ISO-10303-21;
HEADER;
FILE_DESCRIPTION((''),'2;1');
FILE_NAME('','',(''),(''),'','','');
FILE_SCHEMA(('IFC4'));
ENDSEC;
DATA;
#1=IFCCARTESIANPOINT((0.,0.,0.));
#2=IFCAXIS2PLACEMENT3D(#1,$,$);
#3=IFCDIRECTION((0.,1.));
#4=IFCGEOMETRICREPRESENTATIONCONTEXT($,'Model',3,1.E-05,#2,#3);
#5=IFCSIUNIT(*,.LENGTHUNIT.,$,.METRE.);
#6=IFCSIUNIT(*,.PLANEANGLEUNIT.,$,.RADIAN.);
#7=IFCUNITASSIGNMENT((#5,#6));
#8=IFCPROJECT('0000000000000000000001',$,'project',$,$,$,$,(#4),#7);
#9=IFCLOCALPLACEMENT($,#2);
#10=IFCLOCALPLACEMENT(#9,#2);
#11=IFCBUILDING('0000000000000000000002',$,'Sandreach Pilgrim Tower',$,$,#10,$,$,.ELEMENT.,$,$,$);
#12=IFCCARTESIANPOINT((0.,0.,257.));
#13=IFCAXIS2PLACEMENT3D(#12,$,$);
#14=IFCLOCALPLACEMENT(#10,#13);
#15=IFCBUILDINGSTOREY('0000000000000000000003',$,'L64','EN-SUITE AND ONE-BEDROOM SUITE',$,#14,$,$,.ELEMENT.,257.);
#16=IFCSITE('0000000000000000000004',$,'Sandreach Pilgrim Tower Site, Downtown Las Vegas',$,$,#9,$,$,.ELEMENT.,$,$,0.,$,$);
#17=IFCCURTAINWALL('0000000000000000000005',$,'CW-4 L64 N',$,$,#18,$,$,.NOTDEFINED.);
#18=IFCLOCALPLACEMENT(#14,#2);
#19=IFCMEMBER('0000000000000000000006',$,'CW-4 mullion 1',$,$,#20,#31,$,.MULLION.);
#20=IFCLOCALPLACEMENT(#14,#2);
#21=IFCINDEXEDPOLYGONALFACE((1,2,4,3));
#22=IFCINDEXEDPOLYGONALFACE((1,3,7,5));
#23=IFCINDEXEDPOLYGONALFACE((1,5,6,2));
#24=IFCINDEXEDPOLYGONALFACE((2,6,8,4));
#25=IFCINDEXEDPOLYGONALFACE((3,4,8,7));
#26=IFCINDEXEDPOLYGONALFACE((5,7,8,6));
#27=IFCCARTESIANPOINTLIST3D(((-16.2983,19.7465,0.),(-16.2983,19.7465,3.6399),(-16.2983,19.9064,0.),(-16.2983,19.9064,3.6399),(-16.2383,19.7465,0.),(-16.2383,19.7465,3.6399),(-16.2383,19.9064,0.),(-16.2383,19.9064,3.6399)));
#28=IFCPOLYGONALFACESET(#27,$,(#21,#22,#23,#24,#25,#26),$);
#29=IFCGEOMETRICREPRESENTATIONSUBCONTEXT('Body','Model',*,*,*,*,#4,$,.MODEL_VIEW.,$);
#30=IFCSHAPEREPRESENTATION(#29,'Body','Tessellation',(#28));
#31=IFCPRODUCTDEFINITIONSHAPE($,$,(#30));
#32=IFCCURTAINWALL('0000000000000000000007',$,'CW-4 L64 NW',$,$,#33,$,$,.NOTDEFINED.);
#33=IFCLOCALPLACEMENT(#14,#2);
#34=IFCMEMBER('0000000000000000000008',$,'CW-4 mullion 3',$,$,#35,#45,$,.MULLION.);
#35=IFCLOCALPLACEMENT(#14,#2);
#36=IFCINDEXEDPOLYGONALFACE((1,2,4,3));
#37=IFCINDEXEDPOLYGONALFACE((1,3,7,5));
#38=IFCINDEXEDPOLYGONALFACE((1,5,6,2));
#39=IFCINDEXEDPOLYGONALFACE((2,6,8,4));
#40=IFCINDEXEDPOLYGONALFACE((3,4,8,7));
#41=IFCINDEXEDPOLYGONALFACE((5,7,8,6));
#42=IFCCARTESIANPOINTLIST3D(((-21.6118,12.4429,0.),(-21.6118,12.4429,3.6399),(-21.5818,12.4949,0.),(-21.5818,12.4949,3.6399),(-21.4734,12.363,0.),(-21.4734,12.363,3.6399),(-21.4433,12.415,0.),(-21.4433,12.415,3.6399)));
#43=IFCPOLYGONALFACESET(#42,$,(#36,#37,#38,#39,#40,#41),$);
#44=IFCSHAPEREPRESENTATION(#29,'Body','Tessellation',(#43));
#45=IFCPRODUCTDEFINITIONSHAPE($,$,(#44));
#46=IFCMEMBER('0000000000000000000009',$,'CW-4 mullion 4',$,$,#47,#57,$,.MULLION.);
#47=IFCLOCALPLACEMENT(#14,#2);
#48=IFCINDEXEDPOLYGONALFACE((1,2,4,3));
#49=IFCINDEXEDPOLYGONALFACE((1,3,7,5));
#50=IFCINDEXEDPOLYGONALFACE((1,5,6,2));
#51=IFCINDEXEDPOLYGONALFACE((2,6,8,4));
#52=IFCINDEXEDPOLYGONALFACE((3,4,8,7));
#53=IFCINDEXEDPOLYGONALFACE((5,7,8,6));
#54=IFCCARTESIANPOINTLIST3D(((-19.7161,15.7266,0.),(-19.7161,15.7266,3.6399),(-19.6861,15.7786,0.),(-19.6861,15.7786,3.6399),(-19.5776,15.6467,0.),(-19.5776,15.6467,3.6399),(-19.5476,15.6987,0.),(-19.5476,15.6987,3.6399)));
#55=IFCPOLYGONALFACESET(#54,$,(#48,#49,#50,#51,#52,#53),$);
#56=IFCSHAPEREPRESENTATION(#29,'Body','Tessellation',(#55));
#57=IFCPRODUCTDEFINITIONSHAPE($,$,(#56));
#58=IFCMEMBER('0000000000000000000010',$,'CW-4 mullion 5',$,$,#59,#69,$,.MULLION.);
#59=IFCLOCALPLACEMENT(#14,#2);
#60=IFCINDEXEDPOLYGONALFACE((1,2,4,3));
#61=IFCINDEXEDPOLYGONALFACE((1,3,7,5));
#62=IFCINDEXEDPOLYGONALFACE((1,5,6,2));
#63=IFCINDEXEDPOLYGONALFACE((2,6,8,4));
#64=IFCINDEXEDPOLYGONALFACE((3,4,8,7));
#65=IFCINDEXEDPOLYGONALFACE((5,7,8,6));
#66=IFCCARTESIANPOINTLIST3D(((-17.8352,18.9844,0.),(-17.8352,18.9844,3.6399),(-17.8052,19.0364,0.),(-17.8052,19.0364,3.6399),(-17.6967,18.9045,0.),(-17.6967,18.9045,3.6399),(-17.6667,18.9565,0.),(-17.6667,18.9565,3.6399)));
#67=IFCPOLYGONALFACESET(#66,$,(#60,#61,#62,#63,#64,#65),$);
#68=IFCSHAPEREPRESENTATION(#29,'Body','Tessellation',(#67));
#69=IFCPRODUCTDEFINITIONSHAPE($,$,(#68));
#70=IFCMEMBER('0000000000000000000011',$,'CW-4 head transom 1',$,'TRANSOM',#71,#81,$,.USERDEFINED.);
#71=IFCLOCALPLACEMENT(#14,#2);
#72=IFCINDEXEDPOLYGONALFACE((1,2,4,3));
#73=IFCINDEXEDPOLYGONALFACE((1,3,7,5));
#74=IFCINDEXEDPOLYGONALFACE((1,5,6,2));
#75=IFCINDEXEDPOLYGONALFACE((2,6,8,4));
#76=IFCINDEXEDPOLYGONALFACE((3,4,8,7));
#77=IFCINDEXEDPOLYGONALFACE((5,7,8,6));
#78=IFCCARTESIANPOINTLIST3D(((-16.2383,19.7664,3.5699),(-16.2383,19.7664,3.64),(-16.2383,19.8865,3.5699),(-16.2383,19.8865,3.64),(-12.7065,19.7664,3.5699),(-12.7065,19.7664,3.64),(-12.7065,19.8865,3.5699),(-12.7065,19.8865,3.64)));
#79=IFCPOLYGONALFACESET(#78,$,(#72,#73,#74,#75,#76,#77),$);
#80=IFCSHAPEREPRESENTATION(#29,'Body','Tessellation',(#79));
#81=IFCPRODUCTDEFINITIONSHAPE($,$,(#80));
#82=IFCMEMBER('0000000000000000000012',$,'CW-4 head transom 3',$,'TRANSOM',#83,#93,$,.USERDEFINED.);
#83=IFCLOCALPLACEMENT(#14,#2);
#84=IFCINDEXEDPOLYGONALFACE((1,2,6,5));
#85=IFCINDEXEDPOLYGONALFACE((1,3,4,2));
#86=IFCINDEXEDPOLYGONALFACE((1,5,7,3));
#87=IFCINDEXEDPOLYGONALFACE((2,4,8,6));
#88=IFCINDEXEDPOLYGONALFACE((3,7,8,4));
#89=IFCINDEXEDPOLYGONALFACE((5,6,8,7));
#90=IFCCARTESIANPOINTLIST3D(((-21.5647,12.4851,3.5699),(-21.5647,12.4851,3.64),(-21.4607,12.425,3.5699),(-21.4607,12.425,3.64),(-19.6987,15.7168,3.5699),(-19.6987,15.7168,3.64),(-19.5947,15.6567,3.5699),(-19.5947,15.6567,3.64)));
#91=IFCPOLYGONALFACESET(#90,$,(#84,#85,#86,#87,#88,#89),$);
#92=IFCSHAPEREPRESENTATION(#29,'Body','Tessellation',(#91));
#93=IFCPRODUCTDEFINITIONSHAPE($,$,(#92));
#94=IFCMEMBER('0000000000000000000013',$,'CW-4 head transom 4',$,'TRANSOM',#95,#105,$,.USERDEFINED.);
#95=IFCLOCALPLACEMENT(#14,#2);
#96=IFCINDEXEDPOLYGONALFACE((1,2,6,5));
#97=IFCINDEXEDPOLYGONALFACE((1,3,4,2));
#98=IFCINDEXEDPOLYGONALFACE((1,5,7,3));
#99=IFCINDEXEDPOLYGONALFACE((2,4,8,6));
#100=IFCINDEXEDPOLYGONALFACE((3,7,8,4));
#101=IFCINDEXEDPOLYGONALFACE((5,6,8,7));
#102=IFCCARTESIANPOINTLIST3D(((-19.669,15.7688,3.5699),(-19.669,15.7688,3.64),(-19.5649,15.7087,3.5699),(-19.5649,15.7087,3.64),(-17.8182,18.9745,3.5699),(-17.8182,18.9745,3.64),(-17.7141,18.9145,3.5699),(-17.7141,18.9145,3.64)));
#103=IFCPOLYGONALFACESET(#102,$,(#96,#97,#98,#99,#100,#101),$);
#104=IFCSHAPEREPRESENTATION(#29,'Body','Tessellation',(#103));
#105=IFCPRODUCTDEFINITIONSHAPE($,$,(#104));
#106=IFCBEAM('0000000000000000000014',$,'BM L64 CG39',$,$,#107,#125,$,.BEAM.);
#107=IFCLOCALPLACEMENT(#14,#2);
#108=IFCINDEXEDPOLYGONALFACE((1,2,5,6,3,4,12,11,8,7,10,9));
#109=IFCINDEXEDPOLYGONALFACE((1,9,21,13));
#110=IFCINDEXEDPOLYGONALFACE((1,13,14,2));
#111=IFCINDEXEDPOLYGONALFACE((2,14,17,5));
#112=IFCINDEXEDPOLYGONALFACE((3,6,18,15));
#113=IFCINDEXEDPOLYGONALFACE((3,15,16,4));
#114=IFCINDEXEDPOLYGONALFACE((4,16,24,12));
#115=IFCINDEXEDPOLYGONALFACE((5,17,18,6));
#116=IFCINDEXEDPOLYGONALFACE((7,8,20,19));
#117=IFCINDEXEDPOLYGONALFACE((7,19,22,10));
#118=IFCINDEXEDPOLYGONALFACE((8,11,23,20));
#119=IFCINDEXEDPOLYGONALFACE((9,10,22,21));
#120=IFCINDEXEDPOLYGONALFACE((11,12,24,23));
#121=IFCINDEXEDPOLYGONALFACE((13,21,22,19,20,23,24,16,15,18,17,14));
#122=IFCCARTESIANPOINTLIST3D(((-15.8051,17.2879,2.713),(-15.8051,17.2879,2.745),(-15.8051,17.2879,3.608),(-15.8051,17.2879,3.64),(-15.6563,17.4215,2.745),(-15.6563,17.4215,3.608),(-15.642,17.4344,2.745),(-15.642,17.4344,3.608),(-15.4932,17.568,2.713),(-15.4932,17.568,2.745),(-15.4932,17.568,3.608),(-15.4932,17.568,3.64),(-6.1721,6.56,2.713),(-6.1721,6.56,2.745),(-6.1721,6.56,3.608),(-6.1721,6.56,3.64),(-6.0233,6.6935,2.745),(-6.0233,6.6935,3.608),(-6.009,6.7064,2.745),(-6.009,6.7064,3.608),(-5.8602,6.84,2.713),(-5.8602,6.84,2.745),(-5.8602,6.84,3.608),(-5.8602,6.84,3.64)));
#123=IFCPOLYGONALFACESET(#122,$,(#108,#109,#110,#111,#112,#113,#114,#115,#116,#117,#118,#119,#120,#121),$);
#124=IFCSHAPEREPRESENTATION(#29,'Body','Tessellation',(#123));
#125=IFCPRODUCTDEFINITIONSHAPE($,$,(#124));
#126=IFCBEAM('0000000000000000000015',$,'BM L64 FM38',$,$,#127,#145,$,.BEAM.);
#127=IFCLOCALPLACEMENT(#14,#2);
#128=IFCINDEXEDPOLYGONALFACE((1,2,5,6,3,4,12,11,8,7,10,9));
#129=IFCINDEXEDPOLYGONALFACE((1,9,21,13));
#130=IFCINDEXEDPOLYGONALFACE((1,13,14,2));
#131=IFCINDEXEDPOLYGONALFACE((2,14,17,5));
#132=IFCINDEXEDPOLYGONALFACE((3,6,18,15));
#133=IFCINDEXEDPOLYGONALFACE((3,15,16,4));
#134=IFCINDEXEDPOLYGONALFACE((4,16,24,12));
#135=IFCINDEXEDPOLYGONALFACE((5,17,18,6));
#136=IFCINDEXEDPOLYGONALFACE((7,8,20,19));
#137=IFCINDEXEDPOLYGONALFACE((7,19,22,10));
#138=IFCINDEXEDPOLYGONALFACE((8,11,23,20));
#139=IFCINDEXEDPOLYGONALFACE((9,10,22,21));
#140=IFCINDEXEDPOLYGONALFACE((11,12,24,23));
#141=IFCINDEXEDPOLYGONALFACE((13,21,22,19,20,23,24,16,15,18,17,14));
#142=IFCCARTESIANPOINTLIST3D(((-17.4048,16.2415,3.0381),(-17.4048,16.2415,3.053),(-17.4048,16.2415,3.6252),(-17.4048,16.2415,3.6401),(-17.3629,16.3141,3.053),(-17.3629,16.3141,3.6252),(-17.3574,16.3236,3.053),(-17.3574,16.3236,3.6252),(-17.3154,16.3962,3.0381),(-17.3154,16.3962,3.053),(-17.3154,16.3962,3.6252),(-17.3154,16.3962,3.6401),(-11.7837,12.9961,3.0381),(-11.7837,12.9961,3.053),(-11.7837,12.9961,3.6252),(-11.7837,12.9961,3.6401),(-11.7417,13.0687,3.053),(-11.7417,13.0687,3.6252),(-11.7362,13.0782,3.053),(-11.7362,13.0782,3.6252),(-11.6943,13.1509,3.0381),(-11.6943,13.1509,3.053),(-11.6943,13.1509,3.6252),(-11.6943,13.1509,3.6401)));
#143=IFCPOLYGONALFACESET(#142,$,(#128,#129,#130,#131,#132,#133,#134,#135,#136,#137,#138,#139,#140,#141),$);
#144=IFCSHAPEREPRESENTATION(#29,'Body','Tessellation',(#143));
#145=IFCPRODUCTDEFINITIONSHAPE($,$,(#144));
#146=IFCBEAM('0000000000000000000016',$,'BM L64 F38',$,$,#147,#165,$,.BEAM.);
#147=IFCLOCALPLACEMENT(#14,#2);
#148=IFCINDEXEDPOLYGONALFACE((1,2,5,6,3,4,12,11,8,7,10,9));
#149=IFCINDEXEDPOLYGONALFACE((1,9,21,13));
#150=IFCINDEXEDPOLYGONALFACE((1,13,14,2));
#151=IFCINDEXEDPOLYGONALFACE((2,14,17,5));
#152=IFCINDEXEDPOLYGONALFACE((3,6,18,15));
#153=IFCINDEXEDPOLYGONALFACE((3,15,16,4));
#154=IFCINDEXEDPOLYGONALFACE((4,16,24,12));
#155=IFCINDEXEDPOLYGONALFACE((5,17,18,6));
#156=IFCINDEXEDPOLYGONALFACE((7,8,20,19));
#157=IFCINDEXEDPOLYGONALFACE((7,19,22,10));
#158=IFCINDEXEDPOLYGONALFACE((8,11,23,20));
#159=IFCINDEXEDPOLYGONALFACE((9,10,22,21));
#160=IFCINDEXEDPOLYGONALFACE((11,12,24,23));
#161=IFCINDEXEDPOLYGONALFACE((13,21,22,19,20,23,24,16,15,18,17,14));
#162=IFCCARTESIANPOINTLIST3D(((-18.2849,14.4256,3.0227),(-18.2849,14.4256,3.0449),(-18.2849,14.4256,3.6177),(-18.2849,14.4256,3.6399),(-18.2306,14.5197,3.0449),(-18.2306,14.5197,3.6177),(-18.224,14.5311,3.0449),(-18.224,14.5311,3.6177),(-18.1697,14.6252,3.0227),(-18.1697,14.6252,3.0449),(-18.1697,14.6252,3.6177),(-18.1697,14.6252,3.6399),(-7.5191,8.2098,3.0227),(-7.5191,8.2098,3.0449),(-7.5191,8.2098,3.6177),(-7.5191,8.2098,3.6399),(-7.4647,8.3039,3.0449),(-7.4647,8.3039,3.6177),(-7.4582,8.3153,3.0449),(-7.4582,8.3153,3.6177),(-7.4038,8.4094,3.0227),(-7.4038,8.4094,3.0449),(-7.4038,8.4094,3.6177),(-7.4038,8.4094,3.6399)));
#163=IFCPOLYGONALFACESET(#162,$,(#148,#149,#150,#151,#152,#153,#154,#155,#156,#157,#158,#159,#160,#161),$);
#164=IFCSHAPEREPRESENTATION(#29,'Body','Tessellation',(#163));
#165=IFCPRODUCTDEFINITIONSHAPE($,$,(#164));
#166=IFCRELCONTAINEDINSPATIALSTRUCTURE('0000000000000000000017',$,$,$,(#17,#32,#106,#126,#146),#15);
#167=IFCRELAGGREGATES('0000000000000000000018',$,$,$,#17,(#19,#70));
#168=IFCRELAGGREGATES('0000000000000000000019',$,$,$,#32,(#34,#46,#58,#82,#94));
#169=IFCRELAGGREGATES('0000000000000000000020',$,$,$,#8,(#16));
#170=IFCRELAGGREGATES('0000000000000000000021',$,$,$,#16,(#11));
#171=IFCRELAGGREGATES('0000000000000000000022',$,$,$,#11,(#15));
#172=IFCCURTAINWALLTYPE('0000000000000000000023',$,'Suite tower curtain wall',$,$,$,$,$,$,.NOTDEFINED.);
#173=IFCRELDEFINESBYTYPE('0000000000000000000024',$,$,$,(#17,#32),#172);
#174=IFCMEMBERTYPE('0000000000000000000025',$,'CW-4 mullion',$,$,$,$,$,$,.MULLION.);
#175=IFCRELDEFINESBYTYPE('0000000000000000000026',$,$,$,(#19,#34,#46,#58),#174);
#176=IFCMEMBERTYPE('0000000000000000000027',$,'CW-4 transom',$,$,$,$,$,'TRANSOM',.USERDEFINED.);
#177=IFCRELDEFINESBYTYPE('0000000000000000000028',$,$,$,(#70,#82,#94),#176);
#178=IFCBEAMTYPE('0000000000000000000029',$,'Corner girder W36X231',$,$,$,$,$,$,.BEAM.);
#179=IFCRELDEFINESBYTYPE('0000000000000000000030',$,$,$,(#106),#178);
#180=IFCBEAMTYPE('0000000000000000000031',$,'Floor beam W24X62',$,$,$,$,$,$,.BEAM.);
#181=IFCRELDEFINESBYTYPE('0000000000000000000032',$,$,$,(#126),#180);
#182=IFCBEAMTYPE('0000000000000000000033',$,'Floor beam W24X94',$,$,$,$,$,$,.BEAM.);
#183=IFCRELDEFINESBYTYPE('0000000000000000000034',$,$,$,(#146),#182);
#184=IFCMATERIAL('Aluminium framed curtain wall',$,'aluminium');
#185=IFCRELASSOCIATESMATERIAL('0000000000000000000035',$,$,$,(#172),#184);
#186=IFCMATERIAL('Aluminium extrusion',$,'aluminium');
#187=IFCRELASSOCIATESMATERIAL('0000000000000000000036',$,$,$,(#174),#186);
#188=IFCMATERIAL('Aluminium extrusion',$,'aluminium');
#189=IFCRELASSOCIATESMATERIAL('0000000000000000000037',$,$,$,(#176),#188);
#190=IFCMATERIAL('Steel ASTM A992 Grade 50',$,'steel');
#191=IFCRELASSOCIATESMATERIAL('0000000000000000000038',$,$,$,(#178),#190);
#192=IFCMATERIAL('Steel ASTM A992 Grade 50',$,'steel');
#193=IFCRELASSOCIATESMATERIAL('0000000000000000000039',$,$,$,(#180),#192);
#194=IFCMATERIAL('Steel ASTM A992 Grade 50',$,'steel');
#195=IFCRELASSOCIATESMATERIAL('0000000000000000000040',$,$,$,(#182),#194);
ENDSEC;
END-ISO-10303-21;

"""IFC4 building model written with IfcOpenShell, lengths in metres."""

from ifc_helpers import new_model, si_unit, direction, frame, origin, origin_2d, place, context, subcontext, project, spatial, rectangle, i_section, extrude, material, material_profile, profile_set, type_object, element, aggregate, save


model = new_model("IFC4")

# Units and contexts
model_context = context("Model", 3, precision=1e-05, world=origin(), true_north=direction((0.0, 1.0)))
body_context = subcontext(model_context, "Body", "Model", "MODEL_VIEW")
ifc_project = project(units=[si_unit("LENGTHUNIT", "METRE"), si_unit("PLANEANGLEUNIT", "RADIAN")], contexts=[model_context])

# Site, building, storey
site_placement = place(None, origin())
site = spatial("IfcSite", under=ifc_project, at=site_placement, Name="Sandreach Pilgrim Tower Site, Downtown Las Vegas", CompositionType="ELEMENT", RefElevation=0.0)
building_placement = place(site_placement, origin())
building = spatial("IfcBuilding", under=site, at=building_placement, Name="Sandreach Pilgrim Tower", CompositionType="ELEMENT")
storey_placement = place(building_placement, frame((0.0, 0.0, 257.0)))
storey = spatial("IfcBuildingStorey", under=building, at=storey_placement, Name="L64", Description="EN-SUITE AND ONE-BEDROOM SUITE", CompositionType="ELEMENT", Elevation=257.0)

# Curtain wall, member
ifc_material_1 = material(Name="Aluminium framed curtain wall", Category="aluminium")
curtain_wall_type = type_object("IfcCurtainWallType", Name="Suite tower curtain wall", PredefinedType="NOTDEFINED", material=ifc_material_1)
curtain_wall_1_placement = place(storey_placement, origin())
curtain_wall_1 = element("IfcCurtainWall", 1, at=curtain_wall_1_placement, inside=storey, type_object=curtain_wall_type, Name="CW-4 L64 N", PredefinedType="NOTDEFINED")
ifc_material_2 = material(Name="Aluminium extrusion", Category="aluminium")
ifc_material_profile_1 = material_profile(ifc_material_2, rectangle(XDim=0.0601, YDim=0.1599, at=origin_2d()), Name="CW-4M 60X160")
ifc_profile_set_1 = profile_set([ifc_material_profile_1], Name="Aluminium extrusion")
member_type_1 = type_object("IfcMemberType", Name="CW-4 mullion", PredefinedType="MULLION", material=ifc_profile_set_1)
member_1_placement = place(storey_placement, frame((-16.2683, 19.8264, 0.0), z_axis=(0.0, 0.0, 1.0), x_axis=(1.0, 0.0, 0.0)))
member_1 = element("IfcMember", 2, at=member_1_placement, type_object=member_type_1, Name="CW-4 mullion 1", PredefinedType="MULLION", context=body_context, shape_type="SweptSolid", body=[
    extrude(rectangle(XDim=0.0601, YDim=0.1599, at=origin_2d()), origin(), (0.0, 0.0, 1.0), 3.6399),
])

# Curtain wall, members
curtain_wall_2_placement = place(storey_placement, origin())
curtain_wall_2 = element("IfcCurtainWall", 3, at=curtain_wall_2_placement, inside=storey, type_object=curtain_wall_type, Name="CW-4 L64 NW", PredefinedType="NOTDEFINED")
member_2_placement = place(storey_placement, frame((-21.5276, 12.429, 0.0), z_axis=(0.0, 0.0, 1.0), x_axis=(0.5, 0.866025, 0.0)))
member_2 = element("IfcMember", 4, at=member_2_placement, type_object=member_type_1, Name="CW-4 mullion 3", PredefinedType="MULLION", context=body_context, shape_type="SweptSolid", body=[
    extrude(rectangle(XDim=0.0601, YDim=0.1599, at=origin_2d()), origin(), (0.0, 0.0, 1.0), 3.6399),
])
member_3_placement = place(storey_placement, frame((-19.6318, 15.7126, 0.0), z_axis=(0.0, 0.0, 1.0), x_axis=(0.5, 0.866025, 0.0)))
member_3 = element("IfcMember", 5, at=member_3_placement, type_object=member_type_1, Name="CW-4 mullion 4", PredefinedType="MULLION", context=body_context, shape_type="SweptSolid", body=[
    extrude(rectangle(XDim=0.0601, YDim=0.1599, at=origin_2d()), origin(), (0.0, 0.0, 1.0), 3.6399),
])
member_4_placement = place(storey_placement, frame((-17.751, 18.9705, 0.0), z_axis=(0.0, 0.0, 1.0), x_axis=(0.5, 0.866025, 0.0)))
member_4 = element("IfcMember", 6, at=member_4_placement, type_object=member_type_1, Name="CW-4 mullion 5", PredefinedType="MULLION", context=body_context, shape_type="SweptSolid", body=[
    extrude(rectangle(XDim=0.0601, YDim=0.1599, at=origin_2d()), origin(), (0.0, 0.0, 1.0), 3.6399),
])

# Members
ifc_material_3 = material(Name="Aluminium extrusion", Category="aluminium")
ifc_material_profile_2 = material_profile(ifc_material_3, rectangle(XDim=0.1201, YDim=0.0701, at=origin_2d()), Name="CW-4T 120X70")
ifc_profile_set_2 = profile_set([ifc_material_profile_2], Name="Aluminium extrusion")
member_type_2 = type_object("IfcMemberType", Name="CW-4 transom", ElementType="TRANSOM", PredefinedType="USERDEFINED", material=ifc_profile_set_2)
member_5_placement = place(storey_placement, frame((-16.2383, 19.8264, 3.605), z_axis=(1.0, 0.0, 0.0), x_axis=(0.0, 1.0, 0.0)))
member_5 = element("IfcMember", 7, at=member_5_placement, type_object=member_type_2, Name="CW-4 head transom 1", ObjectType="TRANSOM", PredefinedType="USERDEFINED", context=body_context, shape_type="SweptSolid", body=[
    extrude(rectangle(XDim=0.1201, YDim=0.0701, at=origin_2d()), origin(), (0.0, 0.0, 1.0), 3.5317),
])
member_6_placement = place(storey_placement, frame((-21.5127, 12.4551, 3.605), z_axis=(0.50003, 0.866008, 0.0), x_axis=(-0.866008, 0.50003, 0.0)))
member_6 = element("IfcMember", 8, at=member_6_placement, type_object=member_type_2, Name="CW-4 head transom 3", ObjectType="TRANSOM", PredefinedType="USERDEFINED", context=body_context, shape_type="SweptSolid", body=[
    extrude(rectangle(XDim=0.1201, YDim=0.0701, at=origin_2d()), origin(), (0.0, 0.0, 1.0), 3.7317),
])
member_7_placement = place(storey_placement, frame((-19.6169, 15.7388, 3.605), z_axis=(0.499991, 0.866031, 0.0), x_axis=(-0.866031, 0.499991, 0.0)))
member_7 = element("IfcMember", 9, at=member_7_placement, type_object=member_type_2, Name="CW-4 head transom 4", ObjectType="TRANSOM", PredefinedType="USERDEFINED", context=body_context, shape_type="SweptSolid", body=[
    extrude(rectangle(XDim=0.1201, YDim=0.0701, at=origin_2d()), origin(), (0.0, 0.0, 1.0), 3.7017),
])

# Beams
ifc_material_4 = material(Name="Steel ASTM A992 Grade 50", Category="steel")
ifc_material_profile_3 = material_profile(ifc_material_4, i_section(OverallWidth=0.4192, OverallDepth=0.927, WebThickness=0.0193, FlangeThickness=0.032, at=origin_2d()), Name="W36X231")
ifc_profile_set_3 = profile_set([ifc_material_profile_3], Name="Steel ASTM A992 Grade 50")
beam_type_1 = type_object("IfcBeamType", Name="Corner girder W36X231", PredefinedType="BEAM", material=ifc_profile_set_3)
beam_1_placement = place(storey_placement, frame((-15.6492, 17.428, 3.1765), z_axis=(0.668115, -0.744058, 0.0), x_axis=(0.744058, 0.668115, 0.0)))
element("IfcBeam", 10, at=beam_1_placement, inside=storey, type_object=beam_type_1, Name="BM L64 CG39", PredefinedType="BEAM", context=body_context, shape_type="SweptSolid", body=[
    extrude(i_section(OverallWidth=0.4192, OverallDepth=0.927, WebThickness=0.0193, FlangeThickness=0.032, at=origin_2d()), origin(), (0.0, 0.0, 1.0), 14.4182),
])
ifc_material_5 = material(Name="Steel ASTM A992 Grade 50", Category="steel")
ifc_material_profile_4 = material_profile(ifc_material_5, i_section(OverallWidth=0.1787, OverallDepth=0.6021, WebThickness=0.011, FlangeThickness=0.0149, at=origin_2d()), Name="W24X62")
ifc_profile_set_4 = profile_set([ifc_material_profile_4], Name="Steel ASTM A992 Grade 50")
beam_type_2 = type_object("IfcBeamType", Name="Floor beam W24X62", PredefinedType="BEAM", material=ifc_profile_set_4)
beam_2_placement = place(storey_placement, frame((-17.3601, 16.3188, 3.3391), z_axis=(0.866024, -0.500002, 0.0), x_axis=(0.500002, 0.866024, 0.0)))
element("IfcBeam", 11, at=beam_2_placement, inside=storey, type_object=beam_type_2, Name="BM L64 FM38", PredefinedType="BEAM", context=body_context, shape_type="SweptSolid", body=[
    extrude(i_section(OverallWidth=0.1787, OverallDepth=0.6021, WebThickness=0.011, FlangeThickness=0.0149, at=origin_2d()), origin(), (0.0, 0.0, 1.0), 6.4907),
])
ifc_material_6 = material(Name="Steel ASTM A992 Grade 50", Category="steel")
ifc_material_profile_5 = material_profile(ifc_material_6, i_section(OverallWidth=0.2305, OverallDepth=0.6172, WebThickness=0.0132, FlangeThickness=0.0222, at=origin_2d()), Name="W24X94")
ifc_profile_set_5 = profile_set([ifc_material_profile_5], Name="Steel ASTM A992 Grade 50")
beam_type_3 = type_object("IfcBeamType", Name="Floor beam W24X94", PredefinedType="BEAM", material=ifc_profile_set_5)
beam_3_placement = place(storey_placement, frame((-18.2273, 14.5254, 3.3313), z_axis=(0.86602, -0.500009, 0.0), x_axis=(0.500009, 0.86602, 0.0)))
element("IfcBeam", 12, at=beam_3_placement, inside=storey, type_object=beam_type_3, Name="BM L64 F38", PredefinedType="BEAM", context=body_context, shape_type="SweptSolid", body=[
    extrude(i_section(OverallWidth=0.2305, OverallDepth=0.6172, WebThickness=0.0132, FlangeThickness=0.0222, at=origin_2d()), origin(), (0.0, 0.0, 1.0), 12.4314),
])

aggregate(curtain_wall_1, [member_1, member_5])

aggregate(curtain_wall_2, [member_2, member_3, member_4, member_6, member_7])

save(model, "model.ifc")
